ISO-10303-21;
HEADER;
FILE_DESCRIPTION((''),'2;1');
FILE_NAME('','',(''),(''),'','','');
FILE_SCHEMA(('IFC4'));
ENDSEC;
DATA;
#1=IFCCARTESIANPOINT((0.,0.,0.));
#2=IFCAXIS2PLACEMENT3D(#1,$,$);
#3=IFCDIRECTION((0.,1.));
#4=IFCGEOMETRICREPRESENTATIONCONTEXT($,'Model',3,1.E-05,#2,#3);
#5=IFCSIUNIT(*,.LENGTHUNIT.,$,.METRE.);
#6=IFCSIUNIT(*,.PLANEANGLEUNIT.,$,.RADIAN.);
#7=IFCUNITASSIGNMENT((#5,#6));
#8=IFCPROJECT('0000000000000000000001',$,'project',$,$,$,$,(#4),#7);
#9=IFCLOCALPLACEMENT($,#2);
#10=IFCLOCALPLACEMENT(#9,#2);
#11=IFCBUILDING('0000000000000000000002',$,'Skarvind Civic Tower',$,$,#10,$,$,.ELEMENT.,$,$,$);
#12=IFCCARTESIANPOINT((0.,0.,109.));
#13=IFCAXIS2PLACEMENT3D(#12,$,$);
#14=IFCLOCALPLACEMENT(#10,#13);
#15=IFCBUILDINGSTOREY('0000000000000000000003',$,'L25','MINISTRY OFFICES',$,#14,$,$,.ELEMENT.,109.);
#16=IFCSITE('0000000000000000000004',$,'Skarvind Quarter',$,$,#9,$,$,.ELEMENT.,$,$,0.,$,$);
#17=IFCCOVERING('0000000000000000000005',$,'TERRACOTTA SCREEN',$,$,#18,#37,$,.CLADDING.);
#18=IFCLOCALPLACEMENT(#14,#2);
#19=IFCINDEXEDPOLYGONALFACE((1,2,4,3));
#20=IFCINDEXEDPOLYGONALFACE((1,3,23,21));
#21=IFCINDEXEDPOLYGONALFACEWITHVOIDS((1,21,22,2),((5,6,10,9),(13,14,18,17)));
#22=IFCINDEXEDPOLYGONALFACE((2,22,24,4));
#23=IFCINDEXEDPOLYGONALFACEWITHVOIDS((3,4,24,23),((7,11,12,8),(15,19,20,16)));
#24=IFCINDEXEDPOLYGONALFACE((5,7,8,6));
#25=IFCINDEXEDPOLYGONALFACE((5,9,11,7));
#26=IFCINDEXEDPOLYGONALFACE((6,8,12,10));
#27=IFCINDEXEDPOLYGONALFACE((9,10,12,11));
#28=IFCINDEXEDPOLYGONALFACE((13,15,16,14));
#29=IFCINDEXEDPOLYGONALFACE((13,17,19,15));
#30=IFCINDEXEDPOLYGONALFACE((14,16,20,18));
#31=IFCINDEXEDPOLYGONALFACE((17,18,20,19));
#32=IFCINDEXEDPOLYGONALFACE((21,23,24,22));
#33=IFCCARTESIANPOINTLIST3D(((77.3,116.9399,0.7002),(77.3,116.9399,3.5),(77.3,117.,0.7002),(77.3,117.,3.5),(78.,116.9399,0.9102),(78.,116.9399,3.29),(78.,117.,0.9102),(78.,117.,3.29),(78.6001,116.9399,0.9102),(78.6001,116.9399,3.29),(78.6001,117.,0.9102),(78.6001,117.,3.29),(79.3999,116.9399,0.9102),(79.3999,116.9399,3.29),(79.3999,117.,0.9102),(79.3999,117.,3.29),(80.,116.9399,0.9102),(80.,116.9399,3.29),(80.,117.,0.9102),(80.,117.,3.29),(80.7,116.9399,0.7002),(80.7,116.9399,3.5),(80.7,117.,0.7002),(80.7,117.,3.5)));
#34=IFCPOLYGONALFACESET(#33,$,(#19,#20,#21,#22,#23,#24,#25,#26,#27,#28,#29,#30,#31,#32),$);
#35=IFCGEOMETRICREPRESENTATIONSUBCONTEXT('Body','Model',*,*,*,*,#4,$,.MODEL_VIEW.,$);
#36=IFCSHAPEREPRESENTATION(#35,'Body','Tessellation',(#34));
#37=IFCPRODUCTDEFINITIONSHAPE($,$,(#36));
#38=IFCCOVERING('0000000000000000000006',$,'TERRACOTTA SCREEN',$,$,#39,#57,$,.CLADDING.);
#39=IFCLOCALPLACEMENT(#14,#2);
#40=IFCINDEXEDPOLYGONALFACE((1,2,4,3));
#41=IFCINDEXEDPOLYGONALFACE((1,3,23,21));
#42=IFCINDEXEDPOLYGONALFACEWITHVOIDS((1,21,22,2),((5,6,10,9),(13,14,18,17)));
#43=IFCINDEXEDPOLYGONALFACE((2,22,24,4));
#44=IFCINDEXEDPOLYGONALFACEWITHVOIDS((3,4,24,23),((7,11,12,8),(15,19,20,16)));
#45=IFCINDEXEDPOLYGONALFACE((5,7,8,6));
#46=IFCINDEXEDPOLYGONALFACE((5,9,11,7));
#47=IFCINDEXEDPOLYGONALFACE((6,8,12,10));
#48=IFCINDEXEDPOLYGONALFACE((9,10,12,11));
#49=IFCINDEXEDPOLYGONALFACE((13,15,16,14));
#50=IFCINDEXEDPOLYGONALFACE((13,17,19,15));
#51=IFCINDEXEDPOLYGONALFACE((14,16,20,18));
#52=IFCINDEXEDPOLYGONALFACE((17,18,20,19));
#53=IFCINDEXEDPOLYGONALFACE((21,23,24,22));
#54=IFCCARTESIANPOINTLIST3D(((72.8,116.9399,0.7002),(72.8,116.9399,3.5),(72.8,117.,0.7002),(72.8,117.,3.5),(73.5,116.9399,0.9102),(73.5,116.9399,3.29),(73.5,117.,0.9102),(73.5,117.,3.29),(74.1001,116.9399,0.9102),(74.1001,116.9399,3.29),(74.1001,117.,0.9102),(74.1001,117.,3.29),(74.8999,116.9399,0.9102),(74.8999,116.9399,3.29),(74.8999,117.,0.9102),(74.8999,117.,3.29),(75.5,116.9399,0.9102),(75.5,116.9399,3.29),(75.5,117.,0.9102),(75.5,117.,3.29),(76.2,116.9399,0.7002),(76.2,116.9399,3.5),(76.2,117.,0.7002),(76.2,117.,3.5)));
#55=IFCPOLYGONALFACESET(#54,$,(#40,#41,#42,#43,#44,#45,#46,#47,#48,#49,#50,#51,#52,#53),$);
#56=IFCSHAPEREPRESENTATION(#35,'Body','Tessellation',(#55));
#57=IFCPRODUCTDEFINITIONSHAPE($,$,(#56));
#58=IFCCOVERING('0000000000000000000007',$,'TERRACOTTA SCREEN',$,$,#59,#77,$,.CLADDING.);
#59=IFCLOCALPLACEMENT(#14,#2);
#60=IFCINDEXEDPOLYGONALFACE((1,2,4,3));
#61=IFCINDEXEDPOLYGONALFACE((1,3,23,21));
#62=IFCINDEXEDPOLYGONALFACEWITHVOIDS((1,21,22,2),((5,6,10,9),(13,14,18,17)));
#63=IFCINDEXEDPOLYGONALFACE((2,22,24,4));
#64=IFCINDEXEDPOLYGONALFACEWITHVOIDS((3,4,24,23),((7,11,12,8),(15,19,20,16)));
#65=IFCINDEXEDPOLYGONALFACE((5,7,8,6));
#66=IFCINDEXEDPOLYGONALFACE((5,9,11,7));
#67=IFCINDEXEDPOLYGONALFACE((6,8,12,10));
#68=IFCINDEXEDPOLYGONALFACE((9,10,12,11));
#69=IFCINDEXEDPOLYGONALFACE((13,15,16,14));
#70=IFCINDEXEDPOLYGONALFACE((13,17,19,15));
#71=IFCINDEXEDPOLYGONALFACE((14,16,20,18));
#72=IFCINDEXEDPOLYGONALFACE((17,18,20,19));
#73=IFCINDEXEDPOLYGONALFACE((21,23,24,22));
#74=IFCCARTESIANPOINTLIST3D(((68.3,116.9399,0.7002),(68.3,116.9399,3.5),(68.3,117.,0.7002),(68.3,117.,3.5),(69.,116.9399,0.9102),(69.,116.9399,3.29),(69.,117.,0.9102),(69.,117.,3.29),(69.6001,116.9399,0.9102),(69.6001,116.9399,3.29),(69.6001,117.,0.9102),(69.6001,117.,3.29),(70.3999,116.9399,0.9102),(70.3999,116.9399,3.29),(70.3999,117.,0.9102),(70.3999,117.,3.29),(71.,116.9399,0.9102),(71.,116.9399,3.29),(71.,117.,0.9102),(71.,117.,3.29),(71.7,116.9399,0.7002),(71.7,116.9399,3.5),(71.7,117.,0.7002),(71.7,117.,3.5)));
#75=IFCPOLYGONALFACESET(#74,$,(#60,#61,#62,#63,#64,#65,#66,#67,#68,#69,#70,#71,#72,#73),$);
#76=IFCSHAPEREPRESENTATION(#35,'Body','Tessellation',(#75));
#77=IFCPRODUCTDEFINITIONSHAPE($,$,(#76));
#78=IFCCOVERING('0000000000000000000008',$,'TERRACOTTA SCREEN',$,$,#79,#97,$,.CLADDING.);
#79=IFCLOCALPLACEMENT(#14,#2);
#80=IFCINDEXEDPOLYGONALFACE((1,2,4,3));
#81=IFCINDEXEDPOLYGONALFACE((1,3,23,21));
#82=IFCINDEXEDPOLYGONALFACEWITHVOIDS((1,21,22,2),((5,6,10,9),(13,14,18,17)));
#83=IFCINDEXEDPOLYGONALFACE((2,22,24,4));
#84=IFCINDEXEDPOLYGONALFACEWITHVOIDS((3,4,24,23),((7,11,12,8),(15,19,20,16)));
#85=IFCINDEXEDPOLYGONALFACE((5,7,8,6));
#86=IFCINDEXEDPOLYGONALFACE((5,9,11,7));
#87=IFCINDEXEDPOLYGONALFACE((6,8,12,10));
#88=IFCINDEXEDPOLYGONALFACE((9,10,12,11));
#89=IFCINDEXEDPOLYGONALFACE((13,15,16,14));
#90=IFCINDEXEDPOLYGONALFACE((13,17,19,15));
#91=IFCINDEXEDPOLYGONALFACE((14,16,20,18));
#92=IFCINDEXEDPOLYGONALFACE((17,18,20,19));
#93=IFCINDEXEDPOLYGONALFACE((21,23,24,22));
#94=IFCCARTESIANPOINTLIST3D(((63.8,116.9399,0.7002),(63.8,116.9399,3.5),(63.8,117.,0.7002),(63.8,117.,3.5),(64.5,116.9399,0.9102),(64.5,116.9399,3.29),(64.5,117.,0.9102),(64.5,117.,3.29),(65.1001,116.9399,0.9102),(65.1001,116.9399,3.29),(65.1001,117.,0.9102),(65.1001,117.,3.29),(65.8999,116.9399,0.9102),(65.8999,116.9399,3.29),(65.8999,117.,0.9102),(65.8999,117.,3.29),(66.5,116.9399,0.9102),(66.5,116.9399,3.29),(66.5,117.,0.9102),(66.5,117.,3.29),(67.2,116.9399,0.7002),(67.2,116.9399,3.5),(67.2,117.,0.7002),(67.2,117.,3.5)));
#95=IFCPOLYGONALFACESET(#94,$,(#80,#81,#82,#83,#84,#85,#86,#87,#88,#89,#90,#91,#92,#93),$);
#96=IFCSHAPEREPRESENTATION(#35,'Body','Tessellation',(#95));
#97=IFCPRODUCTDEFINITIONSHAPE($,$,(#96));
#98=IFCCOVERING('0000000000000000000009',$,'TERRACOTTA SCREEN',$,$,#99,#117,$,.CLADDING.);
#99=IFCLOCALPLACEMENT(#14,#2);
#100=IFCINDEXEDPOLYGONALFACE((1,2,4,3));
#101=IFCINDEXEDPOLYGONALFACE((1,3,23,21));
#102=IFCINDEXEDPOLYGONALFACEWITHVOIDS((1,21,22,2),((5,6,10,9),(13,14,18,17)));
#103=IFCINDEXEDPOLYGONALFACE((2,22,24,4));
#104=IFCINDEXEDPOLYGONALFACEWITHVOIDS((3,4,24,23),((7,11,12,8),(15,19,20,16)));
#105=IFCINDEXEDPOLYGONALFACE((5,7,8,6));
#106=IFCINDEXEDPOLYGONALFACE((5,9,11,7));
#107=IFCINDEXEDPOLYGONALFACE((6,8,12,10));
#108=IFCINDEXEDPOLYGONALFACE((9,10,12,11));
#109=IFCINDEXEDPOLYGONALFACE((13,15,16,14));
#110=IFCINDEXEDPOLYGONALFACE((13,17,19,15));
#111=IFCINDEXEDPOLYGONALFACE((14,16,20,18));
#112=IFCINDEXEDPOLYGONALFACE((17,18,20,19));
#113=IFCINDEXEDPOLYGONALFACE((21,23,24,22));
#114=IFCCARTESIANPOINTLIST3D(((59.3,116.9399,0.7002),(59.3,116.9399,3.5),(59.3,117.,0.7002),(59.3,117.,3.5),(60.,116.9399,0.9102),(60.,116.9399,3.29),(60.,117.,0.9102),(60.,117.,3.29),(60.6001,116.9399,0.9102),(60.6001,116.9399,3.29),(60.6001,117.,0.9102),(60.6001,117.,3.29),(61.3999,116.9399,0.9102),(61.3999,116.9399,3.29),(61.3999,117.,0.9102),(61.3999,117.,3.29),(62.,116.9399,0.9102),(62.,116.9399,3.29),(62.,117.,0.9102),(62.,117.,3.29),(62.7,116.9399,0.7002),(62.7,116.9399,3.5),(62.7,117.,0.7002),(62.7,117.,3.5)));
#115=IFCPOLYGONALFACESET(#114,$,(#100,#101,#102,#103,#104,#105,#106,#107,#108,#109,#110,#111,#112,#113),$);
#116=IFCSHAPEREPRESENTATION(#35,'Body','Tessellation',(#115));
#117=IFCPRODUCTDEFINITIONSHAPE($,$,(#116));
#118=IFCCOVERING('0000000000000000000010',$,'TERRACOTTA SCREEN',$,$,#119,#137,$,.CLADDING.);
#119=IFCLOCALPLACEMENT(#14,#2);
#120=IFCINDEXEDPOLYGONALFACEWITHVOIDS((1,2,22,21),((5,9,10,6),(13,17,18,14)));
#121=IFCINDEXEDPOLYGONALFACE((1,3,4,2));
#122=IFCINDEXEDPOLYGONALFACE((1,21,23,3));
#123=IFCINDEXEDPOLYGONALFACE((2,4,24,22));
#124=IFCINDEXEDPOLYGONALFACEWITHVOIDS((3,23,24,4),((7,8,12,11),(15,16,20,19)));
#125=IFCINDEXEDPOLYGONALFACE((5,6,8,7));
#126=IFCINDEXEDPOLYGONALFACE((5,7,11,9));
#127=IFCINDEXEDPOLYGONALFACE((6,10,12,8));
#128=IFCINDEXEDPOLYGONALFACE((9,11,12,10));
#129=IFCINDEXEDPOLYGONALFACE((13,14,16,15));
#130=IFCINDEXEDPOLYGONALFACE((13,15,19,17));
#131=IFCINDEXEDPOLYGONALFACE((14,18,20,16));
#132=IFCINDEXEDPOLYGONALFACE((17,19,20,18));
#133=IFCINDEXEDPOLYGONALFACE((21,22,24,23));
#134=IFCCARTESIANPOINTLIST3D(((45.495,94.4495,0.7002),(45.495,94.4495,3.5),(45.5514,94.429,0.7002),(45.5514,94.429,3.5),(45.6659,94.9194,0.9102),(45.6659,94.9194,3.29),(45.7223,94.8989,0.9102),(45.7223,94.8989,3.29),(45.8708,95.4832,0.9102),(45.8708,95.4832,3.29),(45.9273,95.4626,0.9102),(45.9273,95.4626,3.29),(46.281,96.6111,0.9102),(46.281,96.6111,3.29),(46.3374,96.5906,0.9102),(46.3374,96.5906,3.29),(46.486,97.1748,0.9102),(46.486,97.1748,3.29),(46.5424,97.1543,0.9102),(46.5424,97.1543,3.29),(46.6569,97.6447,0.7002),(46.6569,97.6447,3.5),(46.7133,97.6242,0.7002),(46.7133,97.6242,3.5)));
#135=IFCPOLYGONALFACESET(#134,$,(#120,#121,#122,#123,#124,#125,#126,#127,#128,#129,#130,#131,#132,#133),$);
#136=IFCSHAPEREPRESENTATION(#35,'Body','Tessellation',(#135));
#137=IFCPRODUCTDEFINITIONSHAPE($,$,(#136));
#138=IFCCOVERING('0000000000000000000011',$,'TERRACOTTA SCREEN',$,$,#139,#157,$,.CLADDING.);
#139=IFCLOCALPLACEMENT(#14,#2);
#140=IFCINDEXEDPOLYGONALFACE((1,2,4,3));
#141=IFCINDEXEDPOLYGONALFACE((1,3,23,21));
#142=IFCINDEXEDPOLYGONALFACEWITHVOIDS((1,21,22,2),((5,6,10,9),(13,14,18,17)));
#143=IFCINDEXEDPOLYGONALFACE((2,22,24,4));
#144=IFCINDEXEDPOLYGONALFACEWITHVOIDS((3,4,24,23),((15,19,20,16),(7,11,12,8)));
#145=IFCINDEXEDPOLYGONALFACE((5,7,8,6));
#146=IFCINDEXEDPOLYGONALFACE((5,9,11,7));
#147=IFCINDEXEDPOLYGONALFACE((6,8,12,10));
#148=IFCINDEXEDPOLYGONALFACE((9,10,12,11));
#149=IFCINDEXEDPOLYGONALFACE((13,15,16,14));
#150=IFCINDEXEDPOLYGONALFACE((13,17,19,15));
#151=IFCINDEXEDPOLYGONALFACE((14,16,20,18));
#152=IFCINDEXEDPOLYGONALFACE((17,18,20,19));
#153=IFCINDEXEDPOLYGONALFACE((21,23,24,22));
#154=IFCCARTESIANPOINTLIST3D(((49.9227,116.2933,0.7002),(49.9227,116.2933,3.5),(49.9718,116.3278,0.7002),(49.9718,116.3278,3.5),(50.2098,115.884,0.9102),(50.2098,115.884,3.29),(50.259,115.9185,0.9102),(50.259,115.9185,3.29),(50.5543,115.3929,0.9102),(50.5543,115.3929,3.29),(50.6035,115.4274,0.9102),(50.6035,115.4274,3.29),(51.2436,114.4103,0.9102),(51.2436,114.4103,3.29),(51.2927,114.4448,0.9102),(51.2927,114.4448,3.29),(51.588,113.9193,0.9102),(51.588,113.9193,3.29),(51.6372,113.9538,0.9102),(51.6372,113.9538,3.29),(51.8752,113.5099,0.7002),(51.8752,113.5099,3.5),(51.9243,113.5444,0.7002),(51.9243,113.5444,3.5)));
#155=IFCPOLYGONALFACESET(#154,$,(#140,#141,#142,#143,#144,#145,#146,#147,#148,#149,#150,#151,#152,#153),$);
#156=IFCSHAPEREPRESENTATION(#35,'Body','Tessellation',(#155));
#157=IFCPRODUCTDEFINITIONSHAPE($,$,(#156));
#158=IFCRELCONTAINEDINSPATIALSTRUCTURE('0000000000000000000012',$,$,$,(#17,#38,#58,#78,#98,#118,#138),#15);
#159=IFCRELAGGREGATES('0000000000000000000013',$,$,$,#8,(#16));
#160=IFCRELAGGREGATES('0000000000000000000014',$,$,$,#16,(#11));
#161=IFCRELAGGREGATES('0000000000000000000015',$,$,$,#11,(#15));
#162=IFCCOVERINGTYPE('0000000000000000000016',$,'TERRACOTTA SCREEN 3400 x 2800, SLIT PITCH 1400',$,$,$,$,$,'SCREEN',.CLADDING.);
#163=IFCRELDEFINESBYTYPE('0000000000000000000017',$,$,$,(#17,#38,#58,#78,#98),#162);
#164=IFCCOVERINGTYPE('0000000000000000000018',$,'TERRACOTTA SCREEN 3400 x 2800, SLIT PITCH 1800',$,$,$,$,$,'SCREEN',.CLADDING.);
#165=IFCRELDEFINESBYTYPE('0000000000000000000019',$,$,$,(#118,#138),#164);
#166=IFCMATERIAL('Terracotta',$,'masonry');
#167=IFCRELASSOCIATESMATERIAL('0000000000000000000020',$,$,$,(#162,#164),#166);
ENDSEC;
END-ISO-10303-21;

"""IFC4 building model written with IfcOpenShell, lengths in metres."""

from ifc_helpers import new_model, si_unit, direction, frame, origin, place, context, subcontext, project, spatial, polyline, outline, extrude, material, material_profile, profile_set, type_object, element, save


model = new_model("IFC4")

# Units and contexts
model_context = context("Model", 3, precision=1e-05, world=origin(), true_north=direction((0.0, 1.0)))
body_context = subcontext(model_context, "Body", "Model", "MODEL_VIEW")
ifc_project = project(units=[si_unit("LENGTHUNIT", "METRE"), si_unit("PLANEANGLEUNIT", "RADIAN")], contexts=[model_context])

# Site, building, storey
site_placement = place(None, origin())
site = spatial("IfcSite", under=ifc_project, at=site_placement, Name="Skarvind Quarter", CompositionType="ELEMENT", RefElevation=0.0)
building_placement = place(site_placement, origin())
building = spatial("IfcBuilding", under=site, at=building_placement, Name="Skarvind Civic Tower", CompositionType="ELEMENT")
storey_placement = place(building_placement, frame((0.0, 0.0, 109.0)))
storey = spatial("IfcBuildingStorey", under=building, at=storey_placement, Name="L25", Description="MINISTRY OFFICES", CompositionType="ELEMENT", Elevation=109.0)

# Coverings
ifc_material_1 = material(Name="Terracotta", Category="masonry")
ifc_material_profile_1 = material_profile(ifc_material_1, outline(polyline([(-1.7, -1.3999), (1.7, -1.3999), (1.7, 1.3999), (-1.7, 1.3999), (-1.7, -1.3999)]), holes=[polyline([(-1.0, -1.1899), (-0.3999, -1.1899), (-0.3999, 1.1899), (-1.0, 1.1899), (-1.0, -1.1899)]), polyline([(0.3999, -1.1899), (1.0, -1.1899), (1.0, 1.1899), (0.3999, 1.1899), (0.3999, -1.1899)])]), Name="TERRACOTTA SCREEN 3400 x 2800, SLIT PITCH 1400")
ifc_profile_set_1 = profile_set([ifc_material_profile_1], Name="Terracotta")
covering_type_1 = type_object("IfcCoveringType", Name="TERRACOTTA SCREEN 3400 x 2800, SLIT PITCH 1400", ElementType="SCREEN", PredefinedType="CLADDING", material=ifc_profile_set_1)
for number, where, z_axis, x_axis, name in (
    (1, (79.0, 117.0, 2.1001), (0.0, -1.0, 0.0), (1.0, 0.0, 0.0), "TERRACOTTA SCREEN"),
    (2, (74.5, 117.0, 2.1001), (0.0, -1.0, 0.0), (1.0, 0.0, 0.0), "TERRACOTTA SCREEN"),
    (3, (70.0, 117.0, 2.1001), (0.0, -1.0, 0.0), (1.0, 0.0, 0.0), "TERRACOTTA SCREEN"),
    (4, (65.5, 117.0, 2.1001), (0.0, -1.0, 0.0), (1.0, 0.0, 0.0), "TERRACOTTA SCREEN"),
    (5, (61.0, 117.0, 2.1001), (0.0, -1.0, 0.0), (1.0, 0.0, 0.0), "TERRACOTTA SCREEN"),
):
    element("IfcCovering", number, at=place(storey_placement, frame(where, z_axis=z_axis, x_axis=x_axis)), inside=storey, type_object=covering_type_1, Name=name, PredefinedType="CLADDING", context=body_context, shape_type="SweptSolid", body=[
        extrude(outline(polyline([(-1.7, -1.3999), (1.7, -1.3999), (1.7, 1.3999), (-1.7, 1.3999), (-1.7, -1.3999)]), holes=[polyline([(-1.0, -1.1899), (-0.3999, -1.1899), (-0.3999, 1.1899), (-1.0, 1.1899), (-1.0, -1.1899)]), polyline([(0.3999, -1.1899), (1.0, -1.1899), (1.0, 1.1899), (0.3999, 1.1899), (0.3999, -1.1899)])]), origin(), (0.0, 0.0, 1.0), 0.0601),
    ])
ifc_material_profile_2 = material_profile(ifc_material_1, outline(polyline([(-1.7, -1.3999), (1.7, -1.3999), (1.7, 1.3999), (-1.7, 1.3999), (-1.7, -1.3999)]), holes=[polyline([(-1.2, -1.1899), (-0.6001, -1.1899), (-0.6001, 1.1899), (-1.2, 1.1899), (-1.2, -1.1899)]), polyline([(0.6001, -1.1899), (1.2, -1.1899), (1.2, 1.1899), (0.6001, 1.1899), (0.6001, -1.1899)])]), Name="TERRACOTTA SCREEN 3400 x 2800, SLIT PITCH 1800")
ifc_profile_set_2 = profile_set([ifc_material_profile_2], Name="Terracotta")
covering_type_2 = type_object("IfcCoveringType", Name="TERRACOTTA SCREEN 3400 x 2800, SLIT PITCH 1800", ElementType="SCREEN", PredefinedType="CLADDING", material=ifc_profile_set_2)
for number, where, z_axis, x_axis, name in (
    (6, (46.0759, 96.0471, 2.1001), (0.939793, -0.341743, 0.0), (0.341743, 0.939793, 0.0), "TERRACOTTA SCREEN"),
    (7, (50.8989, 114.9016, 2.1001), (0.818657, 0.574282, 0.0), (-0.574282, 0.818657, 0.0), "TERRACOTTA SCREEN"),
):
    element("IfcCovering", number, at=place(storey_placement, frame(where, z_axis=z_axis, x_axis=x_axis)), inside=storey, type_object=covering_type_2, Name=name, PredefinedType="CLADDING", context=body_context, shape_type="SweptSolid", body=[
        extrude(outline(polyline([(-1.7, -1.3999), (1.7, -1.3999), (1.7, 1.3999), (-1.7, 1.3999), (-1.7, -1.3999)]), holes=[polyline([(-1.2, -1.1899), (-0.6001, -1.1899), (-0.6001, 1.1899), (-1.2, 1.1899), (-1.2, -1.1899)]), polyline([(0.6001, -1.1899), (1.2, -1.1899), (1.2, 1.1899), (0.6001, 1.1899), (0.6001, -1.1899)])]), origin(), (0.0, 0.0, 1.0), 0.0601),
    ])

save(model, "model.ifc")
